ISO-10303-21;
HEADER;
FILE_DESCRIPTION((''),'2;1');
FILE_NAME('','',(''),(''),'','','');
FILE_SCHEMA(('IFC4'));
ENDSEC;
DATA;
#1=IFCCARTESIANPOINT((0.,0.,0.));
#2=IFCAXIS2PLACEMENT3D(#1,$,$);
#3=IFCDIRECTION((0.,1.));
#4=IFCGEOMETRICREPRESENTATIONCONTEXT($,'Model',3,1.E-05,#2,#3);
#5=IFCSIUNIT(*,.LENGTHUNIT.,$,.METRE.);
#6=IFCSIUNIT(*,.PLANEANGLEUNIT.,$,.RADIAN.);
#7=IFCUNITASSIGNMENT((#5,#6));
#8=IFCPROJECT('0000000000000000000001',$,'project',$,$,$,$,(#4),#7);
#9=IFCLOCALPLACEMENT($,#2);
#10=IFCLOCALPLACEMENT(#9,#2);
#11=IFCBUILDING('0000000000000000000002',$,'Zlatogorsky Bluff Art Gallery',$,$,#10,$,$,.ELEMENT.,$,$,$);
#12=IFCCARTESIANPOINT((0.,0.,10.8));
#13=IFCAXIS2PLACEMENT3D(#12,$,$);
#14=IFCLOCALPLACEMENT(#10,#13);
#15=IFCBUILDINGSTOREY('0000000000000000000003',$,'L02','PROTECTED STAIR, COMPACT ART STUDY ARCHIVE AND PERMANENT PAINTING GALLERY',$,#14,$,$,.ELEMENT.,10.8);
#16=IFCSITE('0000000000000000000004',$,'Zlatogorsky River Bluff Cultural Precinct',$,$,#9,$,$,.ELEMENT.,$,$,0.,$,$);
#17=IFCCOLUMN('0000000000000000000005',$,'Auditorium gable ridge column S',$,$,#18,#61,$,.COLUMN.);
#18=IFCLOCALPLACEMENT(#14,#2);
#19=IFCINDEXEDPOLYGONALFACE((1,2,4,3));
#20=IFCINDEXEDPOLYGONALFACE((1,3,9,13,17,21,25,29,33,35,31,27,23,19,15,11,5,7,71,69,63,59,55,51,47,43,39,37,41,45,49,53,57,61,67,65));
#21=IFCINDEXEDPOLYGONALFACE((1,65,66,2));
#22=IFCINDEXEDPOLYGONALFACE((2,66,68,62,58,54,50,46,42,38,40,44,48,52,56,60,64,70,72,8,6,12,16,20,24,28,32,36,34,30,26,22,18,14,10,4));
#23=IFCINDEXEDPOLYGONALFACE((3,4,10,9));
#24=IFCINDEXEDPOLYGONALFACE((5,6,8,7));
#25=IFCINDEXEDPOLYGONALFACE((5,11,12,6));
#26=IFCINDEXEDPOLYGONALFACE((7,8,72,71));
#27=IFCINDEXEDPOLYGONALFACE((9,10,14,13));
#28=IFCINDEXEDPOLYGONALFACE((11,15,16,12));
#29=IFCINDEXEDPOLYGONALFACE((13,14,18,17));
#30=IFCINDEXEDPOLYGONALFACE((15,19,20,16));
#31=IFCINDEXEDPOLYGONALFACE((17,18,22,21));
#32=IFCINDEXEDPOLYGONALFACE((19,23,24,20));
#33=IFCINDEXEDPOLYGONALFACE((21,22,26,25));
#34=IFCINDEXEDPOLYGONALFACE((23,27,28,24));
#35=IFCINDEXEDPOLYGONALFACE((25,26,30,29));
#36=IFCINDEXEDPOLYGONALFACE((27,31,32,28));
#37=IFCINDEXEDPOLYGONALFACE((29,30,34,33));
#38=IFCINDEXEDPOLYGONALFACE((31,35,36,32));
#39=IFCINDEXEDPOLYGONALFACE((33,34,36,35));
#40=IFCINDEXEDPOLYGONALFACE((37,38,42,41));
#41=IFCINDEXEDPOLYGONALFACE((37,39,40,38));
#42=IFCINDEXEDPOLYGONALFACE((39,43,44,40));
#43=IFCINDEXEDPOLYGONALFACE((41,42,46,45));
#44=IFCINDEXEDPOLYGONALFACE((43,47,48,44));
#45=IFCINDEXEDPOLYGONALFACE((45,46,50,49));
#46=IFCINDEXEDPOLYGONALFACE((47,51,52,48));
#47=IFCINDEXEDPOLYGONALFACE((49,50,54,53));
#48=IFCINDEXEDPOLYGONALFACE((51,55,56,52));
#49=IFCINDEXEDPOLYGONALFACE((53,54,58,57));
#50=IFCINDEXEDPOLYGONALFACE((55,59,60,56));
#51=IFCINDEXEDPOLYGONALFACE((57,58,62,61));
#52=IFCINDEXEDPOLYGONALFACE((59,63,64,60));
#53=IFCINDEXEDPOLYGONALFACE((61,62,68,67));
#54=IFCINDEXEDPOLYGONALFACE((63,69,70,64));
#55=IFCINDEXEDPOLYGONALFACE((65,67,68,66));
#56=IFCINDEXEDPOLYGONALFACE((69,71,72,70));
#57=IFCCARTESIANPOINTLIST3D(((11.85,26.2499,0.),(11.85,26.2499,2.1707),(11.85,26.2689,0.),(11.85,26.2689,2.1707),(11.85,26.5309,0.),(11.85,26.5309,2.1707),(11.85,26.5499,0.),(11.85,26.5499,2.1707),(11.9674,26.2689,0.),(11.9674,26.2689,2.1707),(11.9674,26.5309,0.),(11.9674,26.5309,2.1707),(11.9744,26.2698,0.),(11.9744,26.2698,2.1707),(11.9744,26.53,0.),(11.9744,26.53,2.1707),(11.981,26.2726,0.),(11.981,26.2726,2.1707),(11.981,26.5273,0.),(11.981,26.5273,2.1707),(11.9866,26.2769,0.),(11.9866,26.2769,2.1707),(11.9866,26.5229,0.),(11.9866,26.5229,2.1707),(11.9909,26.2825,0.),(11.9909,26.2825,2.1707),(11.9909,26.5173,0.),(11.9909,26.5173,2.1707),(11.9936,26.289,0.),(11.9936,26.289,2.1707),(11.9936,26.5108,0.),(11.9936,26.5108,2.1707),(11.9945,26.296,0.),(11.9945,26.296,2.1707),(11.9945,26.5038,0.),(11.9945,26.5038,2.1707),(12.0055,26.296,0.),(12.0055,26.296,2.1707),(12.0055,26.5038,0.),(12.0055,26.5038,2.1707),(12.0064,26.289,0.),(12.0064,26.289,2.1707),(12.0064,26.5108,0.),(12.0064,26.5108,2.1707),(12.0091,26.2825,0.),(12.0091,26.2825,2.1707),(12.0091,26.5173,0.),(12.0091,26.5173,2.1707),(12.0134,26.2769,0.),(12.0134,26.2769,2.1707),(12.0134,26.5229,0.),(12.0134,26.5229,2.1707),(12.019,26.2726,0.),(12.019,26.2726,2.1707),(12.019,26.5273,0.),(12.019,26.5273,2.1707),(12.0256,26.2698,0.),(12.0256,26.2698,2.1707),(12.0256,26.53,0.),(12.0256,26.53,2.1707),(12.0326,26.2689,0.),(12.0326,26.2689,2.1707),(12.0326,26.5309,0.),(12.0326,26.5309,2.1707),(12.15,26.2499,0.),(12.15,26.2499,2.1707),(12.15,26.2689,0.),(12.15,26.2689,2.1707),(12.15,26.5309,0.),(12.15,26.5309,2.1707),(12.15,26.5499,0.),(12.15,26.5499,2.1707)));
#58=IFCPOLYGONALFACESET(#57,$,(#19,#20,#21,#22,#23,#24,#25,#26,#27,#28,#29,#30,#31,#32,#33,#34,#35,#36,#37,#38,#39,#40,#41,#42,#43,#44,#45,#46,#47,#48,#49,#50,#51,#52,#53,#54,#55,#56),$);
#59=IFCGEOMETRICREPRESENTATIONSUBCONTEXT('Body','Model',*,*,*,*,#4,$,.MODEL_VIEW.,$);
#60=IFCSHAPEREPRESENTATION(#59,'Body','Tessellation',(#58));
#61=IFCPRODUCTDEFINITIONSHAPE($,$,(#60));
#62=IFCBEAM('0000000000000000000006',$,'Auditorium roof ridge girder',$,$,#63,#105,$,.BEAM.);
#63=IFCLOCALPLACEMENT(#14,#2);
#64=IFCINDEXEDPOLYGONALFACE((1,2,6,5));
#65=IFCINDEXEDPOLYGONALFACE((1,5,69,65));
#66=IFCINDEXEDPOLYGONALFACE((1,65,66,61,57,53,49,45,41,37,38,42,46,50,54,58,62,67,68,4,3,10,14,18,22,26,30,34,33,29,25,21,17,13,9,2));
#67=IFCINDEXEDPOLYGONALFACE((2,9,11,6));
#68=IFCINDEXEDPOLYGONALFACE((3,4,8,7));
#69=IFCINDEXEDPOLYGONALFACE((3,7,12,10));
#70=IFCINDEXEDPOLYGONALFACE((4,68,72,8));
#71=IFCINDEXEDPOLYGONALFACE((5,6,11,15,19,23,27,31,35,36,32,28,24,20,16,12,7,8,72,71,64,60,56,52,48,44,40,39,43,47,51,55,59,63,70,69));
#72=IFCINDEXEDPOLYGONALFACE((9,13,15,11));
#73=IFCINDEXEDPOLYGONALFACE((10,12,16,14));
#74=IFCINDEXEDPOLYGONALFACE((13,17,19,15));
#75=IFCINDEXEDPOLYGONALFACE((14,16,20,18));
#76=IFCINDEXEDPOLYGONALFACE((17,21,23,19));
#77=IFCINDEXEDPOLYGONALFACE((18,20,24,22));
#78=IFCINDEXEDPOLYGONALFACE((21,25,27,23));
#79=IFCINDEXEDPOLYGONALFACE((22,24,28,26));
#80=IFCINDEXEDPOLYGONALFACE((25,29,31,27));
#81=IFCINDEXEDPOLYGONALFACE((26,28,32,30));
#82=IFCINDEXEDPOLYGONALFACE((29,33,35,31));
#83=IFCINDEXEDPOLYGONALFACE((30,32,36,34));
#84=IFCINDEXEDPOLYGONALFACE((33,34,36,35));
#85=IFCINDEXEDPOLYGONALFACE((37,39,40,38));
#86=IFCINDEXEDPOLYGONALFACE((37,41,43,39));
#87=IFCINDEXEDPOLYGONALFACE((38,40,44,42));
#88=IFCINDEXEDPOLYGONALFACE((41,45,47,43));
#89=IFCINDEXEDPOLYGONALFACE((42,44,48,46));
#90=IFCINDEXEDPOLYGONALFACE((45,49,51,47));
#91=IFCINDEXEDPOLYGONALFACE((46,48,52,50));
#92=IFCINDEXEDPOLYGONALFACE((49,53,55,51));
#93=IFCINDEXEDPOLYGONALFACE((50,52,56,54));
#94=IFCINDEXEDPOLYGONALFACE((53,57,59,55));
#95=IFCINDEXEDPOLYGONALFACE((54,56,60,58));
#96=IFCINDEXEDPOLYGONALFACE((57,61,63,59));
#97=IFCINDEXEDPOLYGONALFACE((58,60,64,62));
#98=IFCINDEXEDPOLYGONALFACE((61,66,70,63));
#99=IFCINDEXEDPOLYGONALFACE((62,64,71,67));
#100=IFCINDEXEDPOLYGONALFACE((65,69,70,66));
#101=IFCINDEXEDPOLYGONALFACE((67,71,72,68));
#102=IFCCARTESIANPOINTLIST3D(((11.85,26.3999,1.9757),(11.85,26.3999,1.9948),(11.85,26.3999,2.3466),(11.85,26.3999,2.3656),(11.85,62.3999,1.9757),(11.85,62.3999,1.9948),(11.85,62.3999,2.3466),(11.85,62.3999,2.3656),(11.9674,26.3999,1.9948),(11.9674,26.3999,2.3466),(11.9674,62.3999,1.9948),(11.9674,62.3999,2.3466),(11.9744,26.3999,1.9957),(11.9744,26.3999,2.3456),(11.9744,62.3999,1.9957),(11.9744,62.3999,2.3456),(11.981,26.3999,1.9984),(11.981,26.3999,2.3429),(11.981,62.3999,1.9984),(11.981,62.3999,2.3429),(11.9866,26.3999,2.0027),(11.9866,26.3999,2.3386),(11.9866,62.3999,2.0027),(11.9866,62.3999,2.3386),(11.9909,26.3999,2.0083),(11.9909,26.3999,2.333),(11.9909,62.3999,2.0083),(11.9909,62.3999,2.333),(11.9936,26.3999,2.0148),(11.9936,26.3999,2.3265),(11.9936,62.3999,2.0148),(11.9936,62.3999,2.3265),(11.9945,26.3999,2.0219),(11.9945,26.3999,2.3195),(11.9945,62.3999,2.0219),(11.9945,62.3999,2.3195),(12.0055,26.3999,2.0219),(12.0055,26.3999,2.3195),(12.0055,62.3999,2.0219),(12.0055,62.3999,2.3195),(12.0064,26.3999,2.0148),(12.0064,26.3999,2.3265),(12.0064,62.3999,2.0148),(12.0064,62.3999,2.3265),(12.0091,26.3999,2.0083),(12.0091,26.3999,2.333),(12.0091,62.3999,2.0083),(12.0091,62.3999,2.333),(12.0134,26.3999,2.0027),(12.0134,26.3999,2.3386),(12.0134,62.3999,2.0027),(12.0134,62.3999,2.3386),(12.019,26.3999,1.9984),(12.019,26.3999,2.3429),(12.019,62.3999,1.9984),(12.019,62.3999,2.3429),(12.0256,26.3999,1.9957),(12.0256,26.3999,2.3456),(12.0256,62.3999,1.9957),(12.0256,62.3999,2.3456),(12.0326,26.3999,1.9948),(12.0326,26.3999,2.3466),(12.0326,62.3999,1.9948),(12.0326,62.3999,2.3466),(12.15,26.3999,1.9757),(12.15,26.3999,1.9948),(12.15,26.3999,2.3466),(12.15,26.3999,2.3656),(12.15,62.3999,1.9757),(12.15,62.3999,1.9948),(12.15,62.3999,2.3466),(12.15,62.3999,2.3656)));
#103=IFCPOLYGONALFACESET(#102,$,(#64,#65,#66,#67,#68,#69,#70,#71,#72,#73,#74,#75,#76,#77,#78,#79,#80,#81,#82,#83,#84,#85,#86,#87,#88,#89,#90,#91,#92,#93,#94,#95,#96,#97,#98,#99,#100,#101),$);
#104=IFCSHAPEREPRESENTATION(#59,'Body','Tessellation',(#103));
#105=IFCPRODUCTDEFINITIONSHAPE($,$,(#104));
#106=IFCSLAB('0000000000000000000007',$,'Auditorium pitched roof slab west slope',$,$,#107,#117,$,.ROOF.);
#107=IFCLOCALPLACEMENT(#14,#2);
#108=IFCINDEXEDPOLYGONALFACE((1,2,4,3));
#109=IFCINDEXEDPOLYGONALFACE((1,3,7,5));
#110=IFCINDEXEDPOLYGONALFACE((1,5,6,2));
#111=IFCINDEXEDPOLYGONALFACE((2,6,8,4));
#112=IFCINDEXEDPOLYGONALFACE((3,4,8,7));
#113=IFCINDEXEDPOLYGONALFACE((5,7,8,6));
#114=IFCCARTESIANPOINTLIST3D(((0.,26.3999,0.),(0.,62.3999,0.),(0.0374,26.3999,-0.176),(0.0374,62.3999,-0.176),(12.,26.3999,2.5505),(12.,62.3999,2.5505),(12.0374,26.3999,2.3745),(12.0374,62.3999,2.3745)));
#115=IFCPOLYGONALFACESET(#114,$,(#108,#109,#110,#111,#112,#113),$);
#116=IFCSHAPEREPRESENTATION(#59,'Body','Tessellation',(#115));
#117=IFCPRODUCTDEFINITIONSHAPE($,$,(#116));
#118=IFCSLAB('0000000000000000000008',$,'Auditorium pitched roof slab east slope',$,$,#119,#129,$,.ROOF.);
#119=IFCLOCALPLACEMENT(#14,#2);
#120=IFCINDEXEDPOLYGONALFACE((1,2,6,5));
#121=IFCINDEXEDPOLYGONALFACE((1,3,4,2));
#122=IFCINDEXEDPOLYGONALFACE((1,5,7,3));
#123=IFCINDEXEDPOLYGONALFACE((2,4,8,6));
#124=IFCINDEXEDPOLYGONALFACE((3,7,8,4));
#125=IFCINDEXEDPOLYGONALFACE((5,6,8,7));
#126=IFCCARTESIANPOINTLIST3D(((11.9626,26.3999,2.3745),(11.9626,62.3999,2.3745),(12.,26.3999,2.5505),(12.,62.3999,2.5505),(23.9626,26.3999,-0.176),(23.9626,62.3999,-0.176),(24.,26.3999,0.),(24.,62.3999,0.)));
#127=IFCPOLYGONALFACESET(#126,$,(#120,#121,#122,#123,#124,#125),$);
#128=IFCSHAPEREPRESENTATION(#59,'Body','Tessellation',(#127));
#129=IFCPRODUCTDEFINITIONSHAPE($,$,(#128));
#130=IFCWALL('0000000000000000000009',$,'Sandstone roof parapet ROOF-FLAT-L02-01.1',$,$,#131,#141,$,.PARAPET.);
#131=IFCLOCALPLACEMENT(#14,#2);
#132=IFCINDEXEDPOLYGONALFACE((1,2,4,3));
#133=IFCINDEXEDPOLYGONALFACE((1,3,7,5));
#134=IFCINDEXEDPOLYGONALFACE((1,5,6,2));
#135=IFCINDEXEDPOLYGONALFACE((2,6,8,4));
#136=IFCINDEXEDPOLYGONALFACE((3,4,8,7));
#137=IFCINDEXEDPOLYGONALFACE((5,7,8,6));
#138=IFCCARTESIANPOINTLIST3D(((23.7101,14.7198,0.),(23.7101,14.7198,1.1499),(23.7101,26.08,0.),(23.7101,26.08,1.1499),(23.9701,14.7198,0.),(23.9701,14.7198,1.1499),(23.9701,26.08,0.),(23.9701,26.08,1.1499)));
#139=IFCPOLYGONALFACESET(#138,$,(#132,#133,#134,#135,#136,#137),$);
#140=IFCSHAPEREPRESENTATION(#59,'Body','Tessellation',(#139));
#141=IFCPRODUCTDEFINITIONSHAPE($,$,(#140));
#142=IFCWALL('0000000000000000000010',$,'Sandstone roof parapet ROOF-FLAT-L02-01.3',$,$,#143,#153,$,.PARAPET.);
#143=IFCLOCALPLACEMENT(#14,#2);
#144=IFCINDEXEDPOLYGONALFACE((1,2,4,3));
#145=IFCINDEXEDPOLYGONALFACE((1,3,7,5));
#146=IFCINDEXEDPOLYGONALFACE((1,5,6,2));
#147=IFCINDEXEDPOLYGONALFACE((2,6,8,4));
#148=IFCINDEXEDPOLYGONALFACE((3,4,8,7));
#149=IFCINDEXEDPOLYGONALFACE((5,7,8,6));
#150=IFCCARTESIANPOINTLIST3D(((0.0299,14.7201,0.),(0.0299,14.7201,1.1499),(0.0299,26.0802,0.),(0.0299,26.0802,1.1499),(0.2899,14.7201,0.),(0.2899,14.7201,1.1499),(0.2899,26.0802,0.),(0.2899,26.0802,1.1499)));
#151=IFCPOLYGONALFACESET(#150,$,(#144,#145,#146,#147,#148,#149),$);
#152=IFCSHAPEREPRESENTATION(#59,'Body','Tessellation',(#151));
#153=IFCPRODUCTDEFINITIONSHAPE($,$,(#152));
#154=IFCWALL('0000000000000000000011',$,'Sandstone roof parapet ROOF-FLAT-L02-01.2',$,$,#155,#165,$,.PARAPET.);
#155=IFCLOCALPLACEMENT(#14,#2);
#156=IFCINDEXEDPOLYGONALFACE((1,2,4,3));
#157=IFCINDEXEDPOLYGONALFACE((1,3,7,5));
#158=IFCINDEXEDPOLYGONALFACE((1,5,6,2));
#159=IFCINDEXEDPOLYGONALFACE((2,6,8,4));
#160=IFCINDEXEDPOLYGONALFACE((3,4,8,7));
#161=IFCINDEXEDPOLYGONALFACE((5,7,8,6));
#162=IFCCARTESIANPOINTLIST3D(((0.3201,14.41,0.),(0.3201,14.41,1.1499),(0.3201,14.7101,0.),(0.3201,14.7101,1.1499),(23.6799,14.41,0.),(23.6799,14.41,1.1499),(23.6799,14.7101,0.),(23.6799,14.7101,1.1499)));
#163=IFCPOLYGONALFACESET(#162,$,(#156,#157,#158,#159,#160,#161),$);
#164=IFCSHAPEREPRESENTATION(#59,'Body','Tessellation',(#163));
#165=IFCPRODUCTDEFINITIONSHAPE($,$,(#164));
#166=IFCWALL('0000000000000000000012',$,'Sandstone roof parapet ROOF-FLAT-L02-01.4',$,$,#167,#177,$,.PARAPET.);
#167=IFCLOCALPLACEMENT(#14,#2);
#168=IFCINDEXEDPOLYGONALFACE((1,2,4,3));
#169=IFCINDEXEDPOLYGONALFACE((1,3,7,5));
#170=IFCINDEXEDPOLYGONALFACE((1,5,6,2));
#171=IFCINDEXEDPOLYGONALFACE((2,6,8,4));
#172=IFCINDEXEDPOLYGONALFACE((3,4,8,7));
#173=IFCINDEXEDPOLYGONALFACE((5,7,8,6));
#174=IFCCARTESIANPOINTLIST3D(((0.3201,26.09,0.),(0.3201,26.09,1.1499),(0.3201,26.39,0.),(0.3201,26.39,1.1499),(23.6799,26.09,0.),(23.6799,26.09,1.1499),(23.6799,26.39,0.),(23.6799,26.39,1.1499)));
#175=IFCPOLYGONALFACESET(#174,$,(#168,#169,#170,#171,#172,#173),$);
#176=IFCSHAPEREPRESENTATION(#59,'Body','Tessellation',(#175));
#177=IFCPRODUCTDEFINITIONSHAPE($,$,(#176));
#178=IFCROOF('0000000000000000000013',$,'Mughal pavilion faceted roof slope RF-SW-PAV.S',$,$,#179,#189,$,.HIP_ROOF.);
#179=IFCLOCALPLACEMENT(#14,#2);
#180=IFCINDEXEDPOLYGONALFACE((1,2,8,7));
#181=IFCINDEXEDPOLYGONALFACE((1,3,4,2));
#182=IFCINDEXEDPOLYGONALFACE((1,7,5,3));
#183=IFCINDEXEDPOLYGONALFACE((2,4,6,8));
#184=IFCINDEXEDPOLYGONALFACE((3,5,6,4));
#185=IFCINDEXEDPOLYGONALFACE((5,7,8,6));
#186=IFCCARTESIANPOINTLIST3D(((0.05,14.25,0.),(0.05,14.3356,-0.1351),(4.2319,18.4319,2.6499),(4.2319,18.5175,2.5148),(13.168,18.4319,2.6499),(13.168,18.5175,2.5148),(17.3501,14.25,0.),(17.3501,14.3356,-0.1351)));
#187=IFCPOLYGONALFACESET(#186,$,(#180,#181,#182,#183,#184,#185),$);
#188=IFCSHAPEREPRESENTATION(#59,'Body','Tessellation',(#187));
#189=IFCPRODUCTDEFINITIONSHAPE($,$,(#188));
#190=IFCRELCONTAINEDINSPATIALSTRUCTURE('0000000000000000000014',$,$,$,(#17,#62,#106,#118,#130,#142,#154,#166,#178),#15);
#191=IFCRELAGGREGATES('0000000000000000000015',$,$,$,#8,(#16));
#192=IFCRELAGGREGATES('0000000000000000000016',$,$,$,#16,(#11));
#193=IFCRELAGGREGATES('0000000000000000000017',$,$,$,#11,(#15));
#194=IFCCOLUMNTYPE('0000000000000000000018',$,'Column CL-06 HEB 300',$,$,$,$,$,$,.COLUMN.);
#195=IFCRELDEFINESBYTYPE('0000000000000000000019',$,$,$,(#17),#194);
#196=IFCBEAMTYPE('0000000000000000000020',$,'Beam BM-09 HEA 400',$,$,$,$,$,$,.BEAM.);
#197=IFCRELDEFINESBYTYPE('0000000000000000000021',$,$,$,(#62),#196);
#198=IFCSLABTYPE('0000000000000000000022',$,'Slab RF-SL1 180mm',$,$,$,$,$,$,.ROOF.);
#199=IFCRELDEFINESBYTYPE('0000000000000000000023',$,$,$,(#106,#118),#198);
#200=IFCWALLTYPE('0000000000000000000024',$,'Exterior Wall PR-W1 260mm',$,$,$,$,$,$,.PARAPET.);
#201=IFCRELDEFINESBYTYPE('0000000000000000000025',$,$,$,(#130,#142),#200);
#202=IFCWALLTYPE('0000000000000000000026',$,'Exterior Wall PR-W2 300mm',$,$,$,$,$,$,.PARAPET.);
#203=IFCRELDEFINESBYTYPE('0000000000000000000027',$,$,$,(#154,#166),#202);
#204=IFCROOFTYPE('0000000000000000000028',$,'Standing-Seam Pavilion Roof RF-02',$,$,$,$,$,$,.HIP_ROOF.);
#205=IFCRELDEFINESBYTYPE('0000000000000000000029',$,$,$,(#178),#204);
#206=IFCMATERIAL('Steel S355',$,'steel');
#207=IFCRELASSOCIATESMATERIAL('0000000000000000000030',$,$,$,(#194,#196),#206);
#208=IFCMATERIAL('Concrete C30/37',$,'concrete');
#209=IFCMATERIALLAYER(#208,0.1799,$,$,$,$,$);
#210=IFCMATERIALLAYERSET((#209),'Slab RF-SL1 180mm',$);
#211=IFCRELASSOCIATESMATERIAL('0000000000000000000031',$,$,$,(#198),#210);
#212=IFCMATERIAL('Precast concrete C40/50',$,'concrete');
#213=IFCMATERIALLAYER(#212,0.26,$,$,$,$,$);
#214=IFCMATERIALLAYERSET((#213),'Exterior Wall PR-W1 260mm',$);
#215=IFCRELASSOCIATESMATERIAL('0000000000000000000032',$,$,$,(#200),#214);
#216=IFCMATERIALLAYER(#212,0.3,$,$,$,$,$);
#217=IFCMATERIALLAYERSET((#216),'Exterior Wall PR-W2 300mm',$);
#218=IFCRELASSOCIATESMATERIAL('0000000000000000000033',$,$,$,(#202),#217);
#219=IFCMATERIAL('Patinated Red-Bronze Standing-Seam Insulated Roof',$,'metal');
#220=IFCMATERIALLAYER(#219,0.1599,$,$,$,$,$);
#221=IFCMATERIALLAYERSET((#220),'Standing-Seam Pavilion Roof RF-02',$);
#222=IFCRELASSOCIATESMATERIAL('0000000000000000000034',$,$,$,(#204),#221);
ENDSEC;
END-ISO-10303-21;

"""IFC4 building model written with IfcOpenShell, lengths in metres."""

from ifc_helpers import new_model, si_unit, direction, frame, frame_2d, origin, origin_2d, place, context, subcontext, project, spatial, polyline, rectangle, i_section, outline, extrude, material, layer, layer_set, material_profile, profile_set, type_object, element, save


model = new_model("IFC4")

# Units and contexts
model_context = context("Model", 3, precision=1e-05, world=origin(), true_north=direction((0.0, 1.0)))
body_context = subcontext(model_context, "Body", "Model", "MODEL_VIEW")
ifc_project = project(units=[si_unit("LENGTHUNIT", "METRE"), si_unit("PLANEANGLEUNIT", "RADIAN")], contexts=[model_context])

# Site, building, storey
site_placement = place(None, origin())
site = spatial("IfcSite", under=ifc_project, at=site_placement, Name="Zlatogorsky River Bluff Cultural Precinct", CompositionType="ELEMENT", RefElevation=0.0)
building_placement = place(site_placement, origin())
building = spatial("IfcBuilding", under=site, at=building_placement, Name="Zlatogorsky Bluff Art Gallery", CompositionType="ELEMENT")
storey_placement = place(building_placement, frame((0.0, 0.0, 10.8)))
storey = spatial("IfcBuildingStorey", under=building, at=storey_placement, Name="L02", Description="PROTECTED STAIR, COMPACT ART STUDY ARCHIVE AND PERMANENT PAINTING GALLERY", CompositionType="ELEMENT", Elevation=10.8)

# Column
ifc_material_1 = material(Name="Steel S355", Category="steel")
ifc_material_profile_1 = material_profile(ifc_material_1, i_section(OverallWidth=0.3, OverallDepth=0.3, WebThickness=0.011, FlangeThickness=0.019, FilletRadius=0.0271, at=origin_2d()), Name="HEB 300")
ifc_profile_set_1 = profile_set([ifc_material_profile_1], Name="Steel S355")
column_type = type_object("IfcColumnType", Name="Column CL-06 HEB 300", PredefinedType="COLUMN", material=ifc_profile_set_1)
column_placement = place(storey_placement, frame((12.0, 26.3999, 0.0), z_axis=(0.0, 0.0, 1.0), x_axis=(1.0, 0.0, 0.0)))
element("IfcColumn", 1, at=column_placement, inside=storey, type_object=column_type, Name="Auditorium gable ridge column S", PredefinedType="COLUMN", context=body_context, shape_type="SweptSolid", body=[
    extrude(i_section(OverallWidth=0.3, OverallDepth=0.3, WebThickness=0.011, FlangeThickness=0.019, FilletRadius=0.0271, at=origin_2d()), origin(), (0.0, 0.0, 1.0), 2.1707),
])

# Beam
ifc_material_profile_2 = material_profile(ifc_material_1, i_section(OverallWidth=0.3, OverallDepth=0.3899, WebThickness=0.011, FlangeThickness=0.019, FilletRadius=0.0271, at=origin_2d()), Name="HEA 400")
ifc_profile_set_2 = profile_set([ifc_material_profile_2], Name="Steel S355")
beam_type = type_object("IfcBeamType", Name="Beam BM-09 HEA 400", PredefinedType="BEAM", material=ifc_profile_set_2)
beam_placement = place(storey_placement, frame((12.0, 26.3999, 2.1707), z_axis=(0.0, 1.0, 0.0), x_axis=(-1.0, 0.0, 0.0)))
element("IfcBeam", 2, at=beam_placement, inside=storey, type_object=beam_type, Name="Auditorium roof ridge girder", PredefinedType="BEAM", context=body_context, shape_type="SweptSolid", body=[
    extrude(i_section(OverallWidth=0.3, OverallDepth=0.3899, WebThickness=0.011, FlangeThickness=0.019, FilletRadius=0.0271, at=origin_2d()), origin(), (0.0, 0.0, 1.0), 36.0),
])

# Slabs
ifc_material_2 = material(Name="Concrete C30/37", Category="concrete")
ifc_layer_1 = layer(ifc_material_2, 0.1799)
ifc_layer_set_1 = layer_set([ifc_layer_1], Name="Slab RF-SL1 180mm")
slab_type = type_object("IfcSlabType", Name="Slab RF-SL1 180mm", PredefinedType="ROOF", material=ifc_layer_set_1)
for number, where, z_axis, x_axis, name in (
    (3, (0.0, 26.3999, 0.0), (-0.207901, 0.0, 0.97815), (0.97815, 0.0, 0.207901), "Auditorium pitched roof slab west slope"),
    (4, (12.0, 26.3999, 2.5505), (0.207901, 0.0, 0.97815), (0.97815, 0.0, -0.207901), "Auditorium pitched roof slab east slope"),
):
    element("IfcSlab", number, at=place(storey_placement, frame(where, z_axis=z_axis, x_axis=x_axis)), inside=storey, type_object=slab_type, Name=name, PredefinedType="ROOF", context=body_context, shape_type="SweptSolid", body=[
        extrude(outline(polyline([(0.0, 0.0), (12.2681, 0.0), (12.2681, 36.0), (0.0, 36.0), (0.0, 0.0)])), origin(), (0.0, 0.0, -1.0), 0.1799),
    ])

# Walls
ifc_material_3 = material(Name="Precast concrete C40/50", Category="concrete")
ifc_layer_2 = layer(ifc_material_3, 0.26)
ifc_layer_set_2 = layer_set([ifc_layer_2], Name="Exterior Wall PR-W1 260mm")
wall_type_1 = type_object("IfcWallType", Name="Exterior Wall PR-W1 260mm", PredefinedType="PARAPET", material=ifc_layer_set_2)
for number, where, z_axis, x_axis, name in (
    (5, (23.8401, 26.0801, 0.0), (0.0, 0.0, 1.0), (0.0, -1.0, 0.0), "Sandstone roof parapet ROOF-FLAT-L02-01.1"),
    (6, (0.1599, 14.72, 0.0), (0.0, 0.0, 1.0), (0.0, 1.0, 0.0), "Sandstone roof parapet ROOF-FLAT-L02-01.3"),
):
    element("IfcWall", number, at=place(storey_placement, frame(where, z_axis=z_axis, x_axis=x_axis)), inside=storey, type_object=wall_type_1, Name=name, PredefinedType="PARAPET", context=body_context, shape_type="SweptSolid", body=[
        extrude(rectangle(XDim=11.3601, YDim=0.26, at=frame_2d((5.6802, 0.0))), origin(), (0.0, 0.0, 1.0), 1.1499),
    ])
ifc_layer_3 = layer(ifc_material_3, 0.3)
ifc_layer_set_3 = layer_set([ifc_layer_3], Name="Exterior Wall PR-W2 300mm")
wall_type_2 = type_object("IfcWallType", Name="Exterior Wall PR-W2 300mm", PredefinedType="PARAPET", material=ifc_layer_set_3)
for number, where, z_axis, x_axis, name in (
    (7, (23.6799, 14.5601, 0.0), (0.0, 0.0, 1.0), (-1.0, 0.0, 0.0), "Sandstone roof parapet ROOF-FLAT-L02-01.2"),
    (8, (0.3201, 26.24, 0.0), (0.0, 0.0, 1.0), (1.0, 0.0, 0.0), "Sandstone roof parapet ROOF-FLAT-L02-01.4"),
):
    element("IfcWall", number, at=place(storey_placement, frame(where, z_axis=z_axis, x_axis=x_axis)), inside=storey, type_object=wall_type_2, Name=name, PredefinedType="PARAPET", context=body_context, shape_type="SweptSolid", body=[
        extrude(rectangle(XDim=23.3599, YDim=0.3, at=frame_2d((11.6799, 0.0))), origin(), (0.0, 0.0, 1.0), 1.1499),
    ])

# Roof
ifc_material_4 = material(Name="Patinated Red-Bronze Standing-Seam Insulated Roof", Category="metal")
ifc_layer_4 = layer(ifc_material_4, 0.1599)
ifc_layer_set_4 = layer_set([ifc_layer_4], Name="Standing-Seam Pavilion Roof RF-02")
roof_type = type_object("IfcRoofType", Name="Standing-Seam Pavilion Roof RF-02", PredefinedType="HIP_ROOF", material=ifc_layer_set_4)
roof_1_placement = place(storey_placement, frame((0.05, 14.25, 0.0), z_axis=(0.0, -0.53525, 0.844693), x_axis=(1.0, 0.0, 0.0)))
element("IfcRoof", 9, at=roof_1_placement, inside=storey, type_object=roof_type, Name="Mughal pavilion faceted roof slope RF-SW-PAV.S", PredefinedType="HIP_ROOF", context=body_context, shape_type="SweptSolid", body=[
    extrude(outline(polyline([(0.0, 0.0), (17.3, 0.0), (13.1179, 4.9508), (4.1819, 4.9508), (0.0, 0.0)])), origin(), (0.0, 0.0, -1.0), 0.1599),
])

save(model, "model.ifc")
